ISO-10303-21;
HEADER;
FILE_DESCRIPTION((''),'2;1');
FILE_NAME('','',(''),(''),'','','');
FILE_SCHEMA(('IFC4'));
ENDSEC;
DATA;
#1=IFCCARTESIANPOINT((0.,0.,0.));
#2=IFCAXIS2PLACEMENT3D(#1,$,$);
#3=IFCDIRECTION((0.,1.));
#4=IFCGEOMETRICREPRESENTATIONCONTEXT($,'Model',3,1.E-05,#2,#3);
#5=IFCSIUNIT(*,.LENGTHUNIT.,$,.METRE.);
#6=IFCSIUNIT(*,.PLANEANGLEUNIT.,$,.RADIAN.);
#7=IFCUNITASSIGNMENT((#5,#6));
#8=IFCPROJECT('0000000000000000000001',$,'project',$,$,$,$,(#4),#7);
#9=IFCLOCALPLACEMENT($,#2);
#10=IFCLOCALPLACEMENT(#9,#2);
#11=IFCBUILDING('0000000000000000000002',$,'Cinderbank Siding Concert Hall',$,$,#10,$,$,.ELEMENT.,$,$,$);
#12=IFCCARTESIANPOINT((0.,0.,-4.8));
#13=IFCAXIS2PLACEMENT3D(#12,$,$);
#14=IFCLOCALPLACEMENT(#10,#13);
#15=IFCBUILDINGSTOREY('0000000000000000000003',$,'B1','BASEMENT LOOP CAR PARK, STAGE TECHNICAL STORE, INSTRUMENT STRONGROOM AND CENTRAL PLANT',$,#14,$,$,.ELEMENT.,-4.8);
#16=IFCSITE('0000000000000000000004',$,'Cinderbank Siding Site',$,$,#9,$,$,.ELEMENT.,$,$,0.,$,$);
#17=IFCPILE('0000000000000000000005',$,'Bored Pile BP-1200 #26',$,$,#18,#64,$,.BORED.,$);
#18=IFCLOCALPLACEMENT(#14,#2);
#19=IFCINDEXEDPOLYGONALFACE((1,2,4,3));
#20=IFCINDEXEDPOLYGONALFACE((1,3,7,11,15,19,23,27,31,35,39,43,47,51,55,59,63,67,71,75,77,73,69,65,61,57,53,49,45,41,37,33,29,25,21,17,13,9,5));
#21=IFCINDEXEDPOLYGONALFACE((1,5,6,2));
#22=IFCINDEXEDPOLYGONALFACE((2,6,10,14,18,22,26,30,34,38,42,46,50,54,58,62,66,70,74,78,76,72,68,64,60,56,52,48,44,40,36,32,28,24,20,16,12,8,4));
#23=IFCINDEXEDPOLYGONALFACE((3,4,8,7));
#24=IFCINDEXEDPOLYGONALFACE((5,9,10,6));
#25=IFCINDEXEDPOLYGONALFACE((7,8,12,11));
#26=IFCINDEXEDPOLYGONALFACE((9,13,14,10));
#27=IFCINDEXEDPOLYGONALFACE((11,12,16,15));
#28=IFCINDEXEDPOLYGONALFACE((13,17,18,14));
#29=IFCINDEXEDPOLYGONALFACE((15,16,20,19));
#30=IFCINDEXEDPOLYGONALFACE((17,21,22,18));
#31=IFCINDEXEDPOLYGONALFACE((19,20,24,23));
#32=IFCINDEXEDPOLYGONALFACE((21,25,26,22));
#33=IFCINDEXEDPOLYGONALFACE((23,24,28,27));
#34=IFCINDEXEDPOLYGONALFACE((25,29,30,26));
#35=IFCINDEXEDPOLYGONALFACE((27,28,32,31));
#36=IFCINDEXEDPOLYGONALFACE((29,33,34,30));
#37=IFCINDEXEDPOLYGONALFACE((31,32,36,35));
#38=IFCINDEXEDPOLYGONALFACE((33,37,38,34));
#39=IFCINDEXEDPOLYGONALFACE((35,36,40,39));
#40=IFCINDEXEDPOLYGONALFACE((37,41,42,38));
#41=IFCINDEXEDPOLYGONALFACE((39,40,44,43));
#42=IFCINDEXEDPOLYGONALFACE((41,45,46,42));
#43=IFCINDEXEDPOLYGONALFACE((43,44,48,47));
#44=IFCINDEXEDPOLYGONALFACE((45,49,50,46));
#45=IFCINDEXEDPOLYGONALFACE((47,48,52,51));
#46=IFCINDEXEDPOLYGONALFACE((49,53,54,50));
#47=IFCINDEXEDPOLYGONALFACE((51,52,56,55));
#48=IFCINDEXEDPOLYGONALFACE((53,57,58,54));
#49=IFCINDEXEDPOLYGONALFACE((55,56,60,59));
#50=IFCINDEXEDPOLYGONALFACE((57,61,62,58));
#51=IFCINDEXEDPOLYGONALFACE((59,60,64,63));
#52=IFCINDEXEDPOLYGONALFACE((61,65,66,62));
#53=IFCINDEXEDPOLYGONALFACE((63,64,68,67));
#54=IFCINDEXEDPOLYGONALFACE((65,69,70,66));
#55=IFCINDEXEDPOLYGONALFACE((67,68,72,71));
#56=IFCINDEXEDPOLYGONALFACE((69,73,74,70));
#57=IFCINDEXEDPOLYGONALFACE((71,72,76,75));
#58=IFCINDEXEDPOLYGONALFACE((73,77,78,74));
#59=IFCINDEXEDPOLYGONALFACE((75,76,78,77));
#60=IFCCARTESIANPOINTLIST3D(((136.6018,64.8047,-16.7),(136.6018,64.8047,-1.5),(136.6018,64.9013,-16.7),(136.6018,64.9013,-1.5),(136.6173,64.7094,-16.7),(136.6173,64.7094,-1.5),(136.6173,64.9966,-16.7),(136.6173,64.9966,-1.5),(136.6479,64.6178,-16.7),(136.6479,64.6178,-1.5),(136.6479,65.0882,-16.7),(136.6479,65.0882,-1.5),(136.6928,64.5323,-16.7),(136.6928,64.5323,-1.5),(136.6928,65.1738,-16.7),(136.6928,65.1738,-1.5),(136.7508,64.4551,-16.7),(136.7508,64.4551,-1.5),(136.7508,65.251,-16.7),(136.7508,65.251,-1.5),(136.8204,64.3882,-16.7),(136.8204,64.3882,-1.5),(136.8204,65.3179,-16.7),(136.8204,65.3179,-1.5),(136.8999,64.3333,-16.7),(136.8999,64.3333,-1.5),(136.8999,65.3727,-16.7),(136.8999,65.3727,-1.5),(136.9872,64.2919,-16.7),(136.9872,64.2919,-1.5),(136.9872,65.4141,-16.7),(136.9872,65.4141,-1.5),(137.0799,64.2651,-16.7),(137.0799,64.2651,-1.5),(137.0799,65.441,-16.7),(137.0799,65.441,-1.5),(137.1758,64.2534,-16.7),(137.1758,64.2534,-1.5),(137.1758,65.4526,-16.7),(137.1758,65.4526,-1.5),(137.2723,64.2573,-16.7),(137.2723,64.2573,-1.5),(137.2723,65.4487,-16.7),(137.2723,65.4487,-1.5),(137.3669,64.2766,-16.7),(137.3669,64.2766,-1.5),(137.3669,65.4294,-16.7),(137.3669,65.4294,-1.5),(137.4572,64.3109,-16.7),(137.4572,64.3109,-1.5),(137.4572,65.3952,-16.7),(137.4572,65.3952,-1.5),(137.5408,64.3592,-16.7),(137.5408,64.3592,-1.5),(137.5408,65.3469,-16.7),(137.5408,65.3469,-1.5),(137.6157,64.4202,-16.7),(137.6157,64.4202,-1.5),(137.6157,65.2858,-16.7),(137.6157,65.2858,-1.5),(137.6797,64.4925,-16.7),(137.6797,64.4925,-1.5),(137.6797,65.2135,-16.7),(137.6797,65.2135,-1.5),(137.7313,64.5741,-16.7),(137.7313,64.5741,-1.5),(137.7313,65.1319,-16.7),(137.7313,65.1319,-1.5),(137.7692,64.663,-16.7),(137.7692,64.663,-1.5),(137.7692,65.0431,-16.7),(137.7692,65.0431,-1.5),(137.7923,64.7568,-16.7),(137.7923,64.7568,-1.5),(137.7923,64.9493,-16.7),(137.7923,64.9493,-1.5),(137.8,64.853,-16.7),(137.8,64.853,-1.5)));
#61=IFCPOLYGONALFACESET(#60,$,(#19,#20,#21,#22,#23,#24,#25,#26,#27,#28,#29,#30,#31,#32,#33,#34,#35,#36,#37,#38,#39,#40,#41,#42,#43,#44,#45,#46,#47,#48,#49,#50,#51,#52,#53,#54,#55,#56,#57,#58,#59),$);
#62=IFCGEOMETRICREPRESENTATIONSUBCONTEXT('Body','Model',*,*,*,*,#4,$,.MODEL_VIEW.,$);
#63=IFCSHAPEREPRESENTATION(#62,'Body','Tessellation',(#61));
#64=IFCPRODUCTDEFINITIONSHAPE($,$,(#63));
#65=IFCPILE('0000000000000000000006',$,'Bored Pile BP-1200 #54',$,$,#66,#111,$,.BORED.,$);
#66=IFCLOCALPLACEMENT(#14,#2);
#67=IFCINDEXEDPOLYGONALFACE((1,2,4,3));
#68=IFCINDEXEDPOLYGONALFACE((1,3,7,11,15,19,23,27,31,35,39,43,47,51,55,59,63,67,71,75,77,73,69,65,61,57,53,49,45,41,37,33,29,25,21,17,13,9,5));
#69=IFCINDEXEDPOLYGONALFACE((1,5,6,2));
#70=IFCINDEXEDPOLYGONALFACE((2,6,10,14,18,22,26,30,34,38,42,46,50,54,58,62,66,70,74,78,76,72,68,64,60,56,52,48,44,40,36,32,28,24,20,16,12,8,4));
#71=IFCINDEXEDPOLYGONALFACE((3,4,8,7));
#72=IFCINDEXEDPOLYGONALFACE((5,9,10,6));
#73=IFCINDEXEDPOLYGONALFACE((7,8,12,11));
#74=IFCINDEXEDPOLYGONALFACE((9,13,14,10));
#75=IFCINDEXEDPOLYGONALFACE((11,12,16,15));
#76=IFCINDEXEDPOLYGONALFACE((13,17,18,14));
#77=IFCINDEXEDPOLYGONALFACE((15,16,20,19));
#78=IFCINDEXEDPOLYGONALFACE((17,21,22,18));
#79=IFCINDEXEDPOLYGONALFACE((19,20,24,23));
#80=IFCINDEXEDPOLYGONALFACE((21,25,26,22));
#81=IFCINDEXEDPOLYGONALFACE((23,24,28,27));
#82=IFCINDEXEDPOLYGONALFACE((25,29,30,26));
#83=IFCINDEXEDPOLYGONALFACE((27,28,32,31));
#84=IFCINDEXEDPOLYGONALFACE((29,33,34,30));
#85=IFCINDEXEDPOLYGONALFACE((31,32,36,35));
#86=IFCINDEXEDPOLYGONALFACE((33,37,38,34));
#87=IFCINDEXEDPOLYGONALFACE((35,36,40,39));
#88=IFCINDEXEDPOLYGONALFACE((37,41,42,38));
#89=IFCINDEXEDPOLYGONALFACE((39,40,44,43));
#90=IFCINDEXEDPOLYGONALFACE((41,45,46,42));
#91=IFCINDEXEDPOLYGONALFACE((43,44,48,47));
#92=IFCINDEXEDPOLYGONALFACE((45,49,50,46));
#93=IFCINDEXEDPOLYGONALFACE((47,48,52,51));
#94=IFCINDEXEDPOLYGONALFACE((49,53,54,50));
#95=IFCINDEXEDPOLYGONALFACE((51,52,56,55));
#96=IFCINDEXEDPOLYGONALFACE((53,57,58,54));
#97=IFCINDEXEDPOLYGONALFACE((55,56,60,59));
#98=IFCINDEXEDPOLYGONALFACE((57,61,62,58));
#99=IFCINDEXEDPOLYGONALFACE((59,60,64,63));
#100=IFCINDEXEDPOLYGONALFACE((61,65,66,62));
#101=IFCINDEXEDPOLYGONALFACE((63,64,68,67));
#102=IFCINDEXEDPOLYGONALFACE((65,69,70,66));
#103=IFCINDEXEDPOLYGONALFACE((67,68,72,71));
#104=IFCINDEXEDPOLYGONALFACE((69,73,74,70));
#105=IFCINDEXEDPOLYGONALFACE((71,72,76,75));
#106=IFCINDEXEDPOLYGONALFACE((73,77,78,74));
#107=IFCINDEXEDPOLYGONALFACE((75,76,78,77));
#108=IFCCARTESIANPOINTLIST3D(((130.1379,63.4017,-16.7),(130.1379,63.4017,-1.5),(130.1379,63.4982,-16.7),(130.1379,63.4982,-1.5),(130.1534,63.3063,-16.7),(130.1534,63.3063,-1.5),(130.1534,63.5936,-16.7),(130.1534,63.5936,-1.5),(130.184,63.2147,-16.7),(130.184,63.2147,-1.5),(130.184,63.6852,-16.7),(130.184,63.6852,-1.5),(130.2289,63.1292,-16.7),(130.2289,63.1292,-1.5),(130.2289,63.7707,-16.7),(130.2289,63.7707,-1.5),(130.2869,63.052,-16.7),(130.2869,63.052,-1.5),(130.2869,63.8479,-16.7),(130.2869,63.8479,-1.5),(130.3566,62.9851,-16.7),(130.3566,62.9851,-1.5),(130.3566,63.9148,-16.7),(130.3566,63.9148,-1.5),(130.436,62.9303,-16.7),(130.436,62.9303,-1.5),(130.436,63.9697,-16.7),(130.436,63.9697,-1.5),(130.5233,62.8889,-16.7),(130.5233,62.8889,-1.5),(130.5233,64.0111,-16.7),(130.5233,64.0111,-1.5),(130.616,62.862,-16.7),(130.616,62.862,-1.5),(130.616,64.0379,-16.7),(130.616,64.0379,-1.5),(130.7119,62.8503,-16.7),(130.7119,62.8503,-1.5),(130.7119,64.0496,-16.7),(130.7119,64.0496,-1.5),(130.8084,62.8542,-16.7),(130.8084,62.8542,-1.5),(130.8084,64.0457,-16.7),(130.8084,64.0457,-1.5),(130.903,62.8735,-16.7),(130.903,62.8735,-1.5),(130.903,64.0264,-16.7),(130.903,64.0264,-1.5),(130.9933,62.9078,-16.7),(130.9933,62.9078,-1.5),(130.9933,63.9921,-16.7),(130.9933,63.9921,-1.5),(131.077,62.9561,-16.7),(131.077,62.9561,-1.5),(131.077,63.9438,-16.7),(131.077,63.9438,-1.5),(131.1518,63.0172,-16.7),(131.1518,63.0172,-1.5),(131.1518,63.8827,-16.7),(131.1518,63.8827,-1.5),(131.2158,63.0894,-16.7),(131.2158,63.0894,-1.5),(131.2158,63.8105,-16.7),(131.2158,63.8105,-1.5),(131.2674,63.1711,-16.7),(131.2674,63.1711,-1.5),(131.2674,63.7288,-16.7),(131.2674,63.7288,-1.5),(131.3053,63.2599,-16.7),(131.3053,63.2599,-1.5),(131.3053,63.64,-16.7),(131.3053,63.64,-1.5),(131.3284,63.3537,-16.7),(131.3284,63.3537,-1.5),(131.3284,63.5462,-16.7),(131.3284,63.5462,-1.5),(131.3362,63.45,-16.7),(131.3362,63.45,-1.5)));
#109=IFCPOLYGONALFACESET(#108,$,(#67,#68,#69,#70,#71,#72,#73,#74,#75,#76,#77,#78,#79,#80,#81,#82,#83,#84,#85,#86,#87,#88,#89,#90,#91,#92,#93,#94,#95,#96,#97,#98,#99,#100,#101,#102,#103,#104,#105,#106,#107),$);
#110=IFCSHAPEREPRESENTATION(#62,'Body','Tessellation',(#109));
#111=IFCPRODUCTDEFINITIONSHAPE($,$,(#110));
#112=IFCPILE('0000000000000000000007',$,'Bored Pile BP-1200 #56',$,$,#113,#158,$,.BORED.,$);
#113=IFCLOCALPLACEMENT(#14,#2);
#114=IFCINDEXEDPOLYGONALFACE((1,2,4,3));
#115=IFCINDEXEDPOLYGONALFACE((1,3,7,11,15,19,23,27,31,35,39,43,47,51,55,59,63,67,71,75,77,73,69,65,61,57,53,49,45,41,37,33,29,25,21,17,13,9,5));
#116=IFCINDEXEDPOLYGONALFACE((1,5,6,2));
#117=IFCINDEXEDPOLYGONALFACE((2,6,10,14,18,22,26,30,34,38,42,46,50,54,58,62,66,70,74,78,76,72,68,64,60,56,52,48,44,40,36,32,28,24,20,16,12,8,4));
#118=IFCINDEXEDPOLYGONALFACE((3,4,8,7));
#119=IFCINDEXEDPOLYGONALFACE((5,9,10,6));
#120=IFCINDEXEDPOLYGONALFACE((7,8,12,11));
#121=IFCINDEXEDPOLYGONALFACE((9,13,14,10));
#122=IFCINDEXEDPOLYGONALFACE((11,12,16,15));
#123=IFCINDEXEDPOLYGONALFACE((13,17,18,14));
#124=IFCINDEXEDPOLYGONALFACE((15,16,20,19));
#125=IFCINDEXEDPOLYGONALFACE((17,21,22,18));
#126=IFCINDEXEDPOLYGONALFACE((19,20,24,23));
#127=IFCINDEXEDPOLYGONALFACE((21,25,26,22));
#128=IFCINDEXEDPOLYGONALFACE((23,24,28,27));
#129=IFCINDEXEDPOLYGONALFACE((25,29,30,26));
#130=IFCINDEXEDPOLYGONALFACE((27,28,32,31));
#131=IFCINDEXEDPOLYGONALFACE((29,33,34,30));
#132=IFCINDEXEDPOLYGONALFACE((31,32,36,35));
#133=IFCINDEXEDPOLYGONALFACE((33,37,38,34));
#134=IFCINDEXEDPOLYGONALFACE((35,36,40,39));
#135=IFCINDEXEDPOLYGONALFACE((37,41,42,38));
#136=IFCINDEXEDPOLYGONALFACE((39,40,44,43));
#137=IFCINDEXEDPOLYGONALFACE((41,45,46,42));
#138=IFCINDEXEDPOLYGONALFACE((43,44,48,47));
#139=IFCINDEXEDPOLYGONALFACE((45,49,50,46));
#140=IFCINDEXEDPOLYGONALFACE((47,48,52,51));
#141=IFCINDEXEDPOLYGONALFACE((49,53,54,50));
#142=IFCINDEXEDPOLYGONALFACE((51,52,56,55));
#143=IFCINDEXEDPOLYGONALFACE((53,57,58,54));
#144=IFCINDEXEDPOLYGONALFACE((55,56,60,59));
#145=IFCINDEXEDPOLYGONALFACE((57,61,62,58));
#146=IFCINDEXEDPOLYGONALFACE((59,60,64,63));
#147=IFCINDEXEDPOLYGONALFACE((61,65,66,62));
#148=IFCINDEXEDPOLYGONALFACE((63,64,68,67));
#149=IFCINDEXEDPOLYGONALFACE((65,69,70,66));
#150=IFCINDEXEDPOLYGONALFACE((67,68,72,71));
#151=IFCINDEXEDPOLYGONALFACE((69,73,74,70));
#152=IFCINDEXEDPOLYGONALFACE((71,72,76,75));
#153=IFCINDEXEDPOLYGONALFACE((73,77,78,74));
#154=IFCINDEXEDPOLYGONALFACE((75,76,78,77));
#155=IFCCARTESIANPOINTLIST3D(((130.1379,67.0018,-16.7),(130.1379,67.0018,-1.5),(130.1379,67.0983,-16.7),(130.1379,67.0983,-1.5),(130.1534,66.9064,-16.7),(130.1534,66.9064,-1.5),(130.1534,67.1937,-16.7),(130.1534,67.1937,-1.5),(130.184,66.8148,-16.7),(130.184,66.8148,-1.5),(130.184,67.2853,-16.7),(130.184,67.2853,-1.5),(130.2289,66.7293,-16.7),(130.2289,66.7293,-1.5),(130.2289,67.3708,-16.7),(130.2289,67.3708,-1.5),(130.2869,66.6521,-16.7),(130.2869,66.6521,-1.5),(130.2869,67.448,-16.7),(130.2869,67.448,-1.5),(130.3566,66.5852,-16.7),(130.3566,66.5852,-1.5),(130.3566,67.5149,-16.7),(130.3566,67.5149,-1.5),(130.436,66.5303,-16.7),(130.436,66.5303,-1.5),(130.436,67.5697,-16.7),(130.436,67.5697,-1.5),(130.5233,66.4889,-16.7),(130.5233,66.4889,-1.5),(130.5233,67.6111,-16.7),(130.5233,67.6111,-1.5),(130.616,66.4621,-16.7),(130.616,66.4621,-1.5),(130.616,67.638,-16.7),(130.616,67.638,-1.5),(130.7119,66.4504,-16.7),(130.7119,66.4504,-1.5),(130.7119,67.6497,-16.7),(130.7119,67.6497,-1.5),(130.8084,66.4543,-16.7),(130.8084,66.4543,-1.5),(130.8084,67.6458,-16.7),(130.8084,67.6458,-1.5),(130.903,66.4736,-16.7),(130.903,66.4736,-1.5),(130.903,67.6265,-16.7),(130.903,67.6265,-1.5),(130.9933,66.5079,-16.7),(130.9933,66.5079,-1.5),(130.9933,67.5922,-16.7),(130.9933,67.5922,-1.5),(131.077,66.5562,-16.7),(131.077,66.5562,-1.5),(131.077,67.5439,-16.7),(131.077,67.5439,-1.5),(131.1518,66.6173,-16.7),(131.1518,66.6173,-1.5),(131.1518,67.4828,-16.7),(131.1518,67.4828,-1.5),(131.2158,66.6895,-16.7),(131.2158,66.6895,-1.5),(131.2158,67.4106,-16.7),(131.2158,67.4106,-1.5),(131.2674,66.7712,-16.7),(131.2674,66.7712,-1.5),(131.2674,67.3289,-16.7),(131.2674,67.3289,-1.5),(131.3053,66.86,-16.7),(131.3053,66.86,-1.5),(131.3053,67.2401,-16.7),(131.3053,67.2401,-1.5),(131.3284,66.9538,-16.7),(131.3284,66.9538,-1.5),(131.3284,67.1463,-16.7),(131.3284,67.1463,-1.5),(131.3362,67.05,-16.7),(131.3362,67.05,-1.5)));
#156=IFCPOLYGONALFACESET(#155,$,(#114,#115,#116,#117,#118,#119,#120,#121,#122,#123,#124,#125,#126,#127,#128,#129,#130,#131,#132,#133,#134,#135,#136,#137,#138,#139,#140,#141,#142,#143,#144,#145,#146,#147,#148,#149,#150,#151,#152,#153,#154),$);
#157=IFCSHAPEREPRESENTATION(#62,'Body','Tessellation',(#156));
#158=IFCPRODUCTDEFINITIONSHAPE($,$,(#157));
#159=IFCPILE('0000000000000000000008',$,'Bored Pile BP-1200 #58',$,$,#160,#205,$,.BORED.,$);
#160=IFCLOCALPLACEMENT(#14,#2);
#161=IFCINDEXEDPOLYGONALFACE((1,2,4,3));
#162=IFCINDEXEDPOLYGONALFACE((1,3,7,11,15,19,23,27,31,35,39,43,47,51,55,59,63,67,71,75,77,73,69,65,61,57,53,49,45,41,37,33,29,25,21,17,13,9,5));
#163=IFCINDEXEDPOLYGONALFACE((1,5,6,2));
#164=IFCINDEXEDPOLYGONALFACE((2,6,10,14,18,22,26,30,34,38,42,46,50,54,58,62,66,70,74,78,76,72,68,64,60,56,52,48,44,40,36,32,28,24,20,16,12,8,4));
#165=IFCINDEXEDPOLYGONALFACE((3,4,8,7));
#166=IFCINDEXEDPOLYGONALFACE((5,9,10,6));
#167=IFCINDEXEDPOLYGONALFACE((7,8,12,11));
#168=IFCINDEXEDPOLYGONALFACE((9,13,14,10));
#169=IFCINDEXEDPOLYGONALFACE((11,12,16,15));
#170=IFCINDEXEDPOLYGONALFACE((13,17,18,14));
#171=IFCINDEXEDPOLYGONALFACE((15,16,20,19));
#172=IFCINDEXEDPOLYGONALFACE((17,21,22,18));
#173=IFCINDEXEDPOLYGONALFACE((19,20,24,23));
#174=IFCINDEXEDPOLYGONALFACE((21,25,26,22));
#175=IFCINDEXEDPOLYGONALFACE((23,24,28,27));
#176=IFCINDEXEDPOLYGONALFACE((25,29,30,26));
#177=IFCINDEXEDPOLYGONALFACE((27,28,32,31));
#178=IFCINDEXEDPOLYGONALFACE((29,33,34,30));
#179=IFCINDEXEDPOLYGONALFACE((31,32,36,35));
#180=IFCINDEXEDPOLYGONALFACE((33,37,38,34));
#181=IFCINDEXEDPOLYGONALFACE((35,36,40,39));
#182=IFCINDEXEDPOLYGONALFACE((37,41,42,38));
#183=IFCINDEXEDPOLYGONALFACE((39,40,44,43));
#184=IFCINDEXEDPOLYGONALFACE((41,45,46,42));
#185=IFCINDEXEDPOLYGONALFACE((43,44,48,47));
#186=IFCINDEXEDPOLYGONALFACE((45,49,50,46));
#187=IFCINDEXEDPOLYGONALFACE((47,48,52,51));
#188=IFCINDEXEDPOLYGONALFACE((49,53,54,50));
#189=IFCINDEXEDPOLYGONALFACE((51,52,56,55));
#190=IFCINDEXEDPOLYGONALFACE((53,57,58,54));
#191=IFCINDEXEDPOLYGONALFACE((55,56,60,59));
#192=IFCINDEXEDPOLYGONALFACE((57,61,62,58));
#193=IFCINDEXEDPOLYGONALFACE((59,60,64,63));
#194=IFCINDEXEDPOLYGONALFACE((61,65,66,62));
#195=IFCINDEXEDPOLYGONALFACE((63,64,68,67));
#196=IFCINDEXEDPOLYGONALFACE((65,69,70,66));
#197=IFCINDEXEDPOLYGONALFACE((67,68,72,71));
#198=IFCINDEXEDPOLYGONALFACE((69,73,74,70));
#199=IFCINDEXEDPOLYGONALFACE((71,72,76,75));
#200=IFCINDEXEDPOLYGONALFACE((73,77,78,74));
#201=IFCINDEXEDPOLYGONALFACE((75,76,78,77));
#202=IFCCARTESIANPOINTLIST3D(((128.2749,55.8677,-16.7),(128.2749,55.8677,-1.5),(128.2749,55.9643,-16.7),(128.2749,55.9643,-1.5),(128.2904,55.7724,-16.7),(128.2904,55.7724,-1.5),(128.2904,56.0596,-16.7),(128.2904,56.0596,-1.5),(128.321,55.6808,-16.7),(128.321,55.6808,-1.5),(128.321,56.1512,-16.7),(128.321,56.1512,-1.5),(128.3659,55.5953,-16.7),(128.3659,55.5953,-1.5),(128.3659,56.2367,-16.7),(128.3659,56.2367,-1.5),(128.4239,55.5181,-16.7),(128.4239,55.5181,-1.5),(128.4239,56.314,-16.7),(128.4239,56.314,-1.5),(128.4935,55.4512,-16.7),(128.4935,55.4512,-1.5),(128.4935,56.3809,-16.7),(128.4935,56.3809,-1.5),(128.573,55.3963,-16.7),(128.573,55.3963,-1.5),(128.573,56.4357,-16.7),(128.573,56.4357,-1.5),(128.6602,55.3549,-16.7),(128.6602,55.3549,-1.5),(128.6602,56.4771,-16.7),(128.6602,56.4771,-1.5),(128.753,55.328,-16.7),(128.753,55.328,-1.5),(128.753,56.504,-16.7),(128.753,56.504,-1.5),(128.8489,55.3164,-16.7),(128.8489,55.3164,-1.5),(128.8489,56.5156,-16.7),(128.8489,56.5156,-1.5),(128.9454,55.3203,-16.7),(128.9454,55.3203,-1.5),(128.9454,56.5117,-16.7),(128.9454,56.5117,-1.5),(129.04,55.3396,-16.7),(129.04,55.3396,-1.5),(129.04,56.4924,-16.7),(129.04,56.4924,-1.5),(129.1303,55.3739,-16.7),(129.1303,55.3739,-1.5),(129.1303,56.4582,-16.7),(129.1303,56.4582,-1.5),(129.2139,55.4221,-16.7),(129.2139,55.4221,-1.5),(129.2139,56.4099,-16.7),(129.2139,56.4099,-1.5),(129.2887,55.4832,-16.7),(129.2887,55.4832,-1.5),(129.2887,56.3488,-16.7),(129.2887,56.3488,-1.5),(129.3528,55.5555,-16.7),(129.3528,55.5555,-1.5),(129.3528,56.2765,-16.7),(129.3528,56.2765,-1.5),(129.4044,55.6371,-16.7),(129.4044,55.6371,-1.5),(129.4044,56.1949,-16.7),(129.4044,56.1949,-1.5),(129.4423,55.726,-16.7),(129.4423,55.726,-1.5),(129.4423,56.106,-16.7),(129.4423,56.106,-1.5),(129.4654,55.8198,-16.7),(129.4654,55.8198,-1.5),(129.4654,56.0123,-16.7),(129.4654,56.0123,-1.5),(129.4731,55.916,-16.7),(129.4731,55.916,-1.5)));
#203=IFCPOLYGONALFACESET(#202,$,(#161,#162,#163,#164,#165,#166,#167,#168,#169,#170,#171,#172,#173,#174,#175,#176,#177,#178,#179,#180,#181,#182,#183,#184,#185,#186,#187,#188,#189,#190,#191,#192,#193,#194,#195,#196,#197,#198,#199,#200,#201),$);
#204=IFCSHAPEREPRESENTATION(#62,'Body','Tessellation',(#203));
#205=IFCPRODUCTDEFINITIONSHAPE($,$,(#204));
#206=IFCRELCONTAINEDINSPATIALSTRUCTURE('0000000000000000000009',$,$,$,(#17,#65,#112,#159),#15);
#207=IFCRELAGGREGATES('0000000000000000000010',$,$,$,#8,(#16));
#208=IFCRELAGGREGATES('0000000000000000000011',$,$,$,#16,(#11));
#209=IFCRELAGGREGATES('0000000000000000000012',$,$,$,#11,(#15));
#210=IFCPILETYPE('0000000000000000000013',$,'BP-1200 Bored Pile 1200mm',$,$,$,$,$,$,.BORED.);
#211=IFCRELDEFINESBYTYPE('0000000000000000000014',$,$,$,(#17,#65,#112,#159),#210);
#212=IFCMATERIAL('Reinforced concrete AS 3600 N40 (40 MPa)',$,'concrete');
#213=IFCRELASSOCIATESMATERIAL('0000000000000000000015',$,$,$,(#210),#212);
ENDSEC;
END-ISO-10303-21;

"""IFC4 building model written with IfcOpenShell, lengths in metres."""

from ifc_helpers import new_model, si_unit, direction, frame, origin, origin_2d, place, context, subcontext, project, spatial, circle, extrude, material, material_profile, profile_set, type_object, element, save


model = new_model("IFC4")

# Units and contexts
model_context = context("Model", 3, precision=1e-05, world=origin(), true_north=direction((0.0, 1.0)))
body_context = subcontext(model_context, "Body", "Model", "MODEL_VIEW")
ifc_project = project(units=[si_unit("LENGTHUNIT", "METRE"), si_unit("PLANEANGLEUNIT", "RADIAN")], contexts=[model_context])

# Site, building, storey
site_placement = place(None, origin())
site = spatial("IfcSite", under=ifc_project, at=site_placement, Name="Cinderbank Siding Site", CompositionType="ELEMENT", RefElevation=0.0)
building_placement = place(site_placement, origin())
building = spatial("IfcBuilding", under=site, at=building_placement, Name="Cinderbank Siding Concert Hall", CompositionType="ELEMENT")
storey_placement = place(building_placement, frame((0.0, 0.0, -4.8)))
storey = spatial("IfcBuildingStorey", under=building, at=storey_placement, Name="B1", Description="BASEMENT LOOP CAR PARK, STAGE TECHNICAL STORE, INSTRUMENT STRONGROOM AND CENTRAL PLANT", CompositionType="ELEMENT", Elevation=-4.8)

# Piles
ifc_material_1 = material(Name="Reinforced concrete AS 3600 N40 (40 MPa)", Category="concrete")
ifc_material_profile_1 = material_profile(ifc_material_1, circle(Radius=0.6001, at=origin_2d()), Name="PILE-1200DIA", Category="LoadBearing")
ifc_profile_set_1 = profile_set([ifc_material_profile_1], Name="Reinforced concrete AS 3600 N40 (40 MPa)")
pile_type_1 = type_object("IfcPileType", Name="BP-1200 Bored Pile 1200mm", PredefinedType="BORED", material=ifc_profile_set_1)
for number, where, z_axis, x_axis, name in (
    (1, (137.2, 64.853, -1.5), (0.0, 0.0, -1.0), (1.0, 0.0, 0.0), "Bored Pile BP-1200 #26"),
    (2, (130.7361, 63.45, -1.5), (0.0, 0.0, -1.0), (1.0, 0.0, 0.0), "Bored Pile BP-1200 #54"),
    (3, (130.7361, 67.05, -1.5), (0.0, 0.0, -1.0), (1.0, 0.0, 0.0), "Bored Pile BP-1200 #56"),
    (4, (128.873, 55.916, -1.5), (0.0, 0.0, -1.0), (1.0, 0.0, 0.0), "Bored Pile BP-1200 #58"),
):
    element("IfcPile", number, at=place(storey_placement, frame(where, z_axis=z_axis, x_axis=x_axis)), inside=storey, type_object=pile_type_1, Name=name, PredefinedType="BORED", context=body_context, shape_type="SweptSolid", body=[
        extrude(circle(Radius=0.6001, at=origin_2d()), origin(), (0.0, 0.0, 1.0), 15.2),
    ])

save(model, "model.ifc")
